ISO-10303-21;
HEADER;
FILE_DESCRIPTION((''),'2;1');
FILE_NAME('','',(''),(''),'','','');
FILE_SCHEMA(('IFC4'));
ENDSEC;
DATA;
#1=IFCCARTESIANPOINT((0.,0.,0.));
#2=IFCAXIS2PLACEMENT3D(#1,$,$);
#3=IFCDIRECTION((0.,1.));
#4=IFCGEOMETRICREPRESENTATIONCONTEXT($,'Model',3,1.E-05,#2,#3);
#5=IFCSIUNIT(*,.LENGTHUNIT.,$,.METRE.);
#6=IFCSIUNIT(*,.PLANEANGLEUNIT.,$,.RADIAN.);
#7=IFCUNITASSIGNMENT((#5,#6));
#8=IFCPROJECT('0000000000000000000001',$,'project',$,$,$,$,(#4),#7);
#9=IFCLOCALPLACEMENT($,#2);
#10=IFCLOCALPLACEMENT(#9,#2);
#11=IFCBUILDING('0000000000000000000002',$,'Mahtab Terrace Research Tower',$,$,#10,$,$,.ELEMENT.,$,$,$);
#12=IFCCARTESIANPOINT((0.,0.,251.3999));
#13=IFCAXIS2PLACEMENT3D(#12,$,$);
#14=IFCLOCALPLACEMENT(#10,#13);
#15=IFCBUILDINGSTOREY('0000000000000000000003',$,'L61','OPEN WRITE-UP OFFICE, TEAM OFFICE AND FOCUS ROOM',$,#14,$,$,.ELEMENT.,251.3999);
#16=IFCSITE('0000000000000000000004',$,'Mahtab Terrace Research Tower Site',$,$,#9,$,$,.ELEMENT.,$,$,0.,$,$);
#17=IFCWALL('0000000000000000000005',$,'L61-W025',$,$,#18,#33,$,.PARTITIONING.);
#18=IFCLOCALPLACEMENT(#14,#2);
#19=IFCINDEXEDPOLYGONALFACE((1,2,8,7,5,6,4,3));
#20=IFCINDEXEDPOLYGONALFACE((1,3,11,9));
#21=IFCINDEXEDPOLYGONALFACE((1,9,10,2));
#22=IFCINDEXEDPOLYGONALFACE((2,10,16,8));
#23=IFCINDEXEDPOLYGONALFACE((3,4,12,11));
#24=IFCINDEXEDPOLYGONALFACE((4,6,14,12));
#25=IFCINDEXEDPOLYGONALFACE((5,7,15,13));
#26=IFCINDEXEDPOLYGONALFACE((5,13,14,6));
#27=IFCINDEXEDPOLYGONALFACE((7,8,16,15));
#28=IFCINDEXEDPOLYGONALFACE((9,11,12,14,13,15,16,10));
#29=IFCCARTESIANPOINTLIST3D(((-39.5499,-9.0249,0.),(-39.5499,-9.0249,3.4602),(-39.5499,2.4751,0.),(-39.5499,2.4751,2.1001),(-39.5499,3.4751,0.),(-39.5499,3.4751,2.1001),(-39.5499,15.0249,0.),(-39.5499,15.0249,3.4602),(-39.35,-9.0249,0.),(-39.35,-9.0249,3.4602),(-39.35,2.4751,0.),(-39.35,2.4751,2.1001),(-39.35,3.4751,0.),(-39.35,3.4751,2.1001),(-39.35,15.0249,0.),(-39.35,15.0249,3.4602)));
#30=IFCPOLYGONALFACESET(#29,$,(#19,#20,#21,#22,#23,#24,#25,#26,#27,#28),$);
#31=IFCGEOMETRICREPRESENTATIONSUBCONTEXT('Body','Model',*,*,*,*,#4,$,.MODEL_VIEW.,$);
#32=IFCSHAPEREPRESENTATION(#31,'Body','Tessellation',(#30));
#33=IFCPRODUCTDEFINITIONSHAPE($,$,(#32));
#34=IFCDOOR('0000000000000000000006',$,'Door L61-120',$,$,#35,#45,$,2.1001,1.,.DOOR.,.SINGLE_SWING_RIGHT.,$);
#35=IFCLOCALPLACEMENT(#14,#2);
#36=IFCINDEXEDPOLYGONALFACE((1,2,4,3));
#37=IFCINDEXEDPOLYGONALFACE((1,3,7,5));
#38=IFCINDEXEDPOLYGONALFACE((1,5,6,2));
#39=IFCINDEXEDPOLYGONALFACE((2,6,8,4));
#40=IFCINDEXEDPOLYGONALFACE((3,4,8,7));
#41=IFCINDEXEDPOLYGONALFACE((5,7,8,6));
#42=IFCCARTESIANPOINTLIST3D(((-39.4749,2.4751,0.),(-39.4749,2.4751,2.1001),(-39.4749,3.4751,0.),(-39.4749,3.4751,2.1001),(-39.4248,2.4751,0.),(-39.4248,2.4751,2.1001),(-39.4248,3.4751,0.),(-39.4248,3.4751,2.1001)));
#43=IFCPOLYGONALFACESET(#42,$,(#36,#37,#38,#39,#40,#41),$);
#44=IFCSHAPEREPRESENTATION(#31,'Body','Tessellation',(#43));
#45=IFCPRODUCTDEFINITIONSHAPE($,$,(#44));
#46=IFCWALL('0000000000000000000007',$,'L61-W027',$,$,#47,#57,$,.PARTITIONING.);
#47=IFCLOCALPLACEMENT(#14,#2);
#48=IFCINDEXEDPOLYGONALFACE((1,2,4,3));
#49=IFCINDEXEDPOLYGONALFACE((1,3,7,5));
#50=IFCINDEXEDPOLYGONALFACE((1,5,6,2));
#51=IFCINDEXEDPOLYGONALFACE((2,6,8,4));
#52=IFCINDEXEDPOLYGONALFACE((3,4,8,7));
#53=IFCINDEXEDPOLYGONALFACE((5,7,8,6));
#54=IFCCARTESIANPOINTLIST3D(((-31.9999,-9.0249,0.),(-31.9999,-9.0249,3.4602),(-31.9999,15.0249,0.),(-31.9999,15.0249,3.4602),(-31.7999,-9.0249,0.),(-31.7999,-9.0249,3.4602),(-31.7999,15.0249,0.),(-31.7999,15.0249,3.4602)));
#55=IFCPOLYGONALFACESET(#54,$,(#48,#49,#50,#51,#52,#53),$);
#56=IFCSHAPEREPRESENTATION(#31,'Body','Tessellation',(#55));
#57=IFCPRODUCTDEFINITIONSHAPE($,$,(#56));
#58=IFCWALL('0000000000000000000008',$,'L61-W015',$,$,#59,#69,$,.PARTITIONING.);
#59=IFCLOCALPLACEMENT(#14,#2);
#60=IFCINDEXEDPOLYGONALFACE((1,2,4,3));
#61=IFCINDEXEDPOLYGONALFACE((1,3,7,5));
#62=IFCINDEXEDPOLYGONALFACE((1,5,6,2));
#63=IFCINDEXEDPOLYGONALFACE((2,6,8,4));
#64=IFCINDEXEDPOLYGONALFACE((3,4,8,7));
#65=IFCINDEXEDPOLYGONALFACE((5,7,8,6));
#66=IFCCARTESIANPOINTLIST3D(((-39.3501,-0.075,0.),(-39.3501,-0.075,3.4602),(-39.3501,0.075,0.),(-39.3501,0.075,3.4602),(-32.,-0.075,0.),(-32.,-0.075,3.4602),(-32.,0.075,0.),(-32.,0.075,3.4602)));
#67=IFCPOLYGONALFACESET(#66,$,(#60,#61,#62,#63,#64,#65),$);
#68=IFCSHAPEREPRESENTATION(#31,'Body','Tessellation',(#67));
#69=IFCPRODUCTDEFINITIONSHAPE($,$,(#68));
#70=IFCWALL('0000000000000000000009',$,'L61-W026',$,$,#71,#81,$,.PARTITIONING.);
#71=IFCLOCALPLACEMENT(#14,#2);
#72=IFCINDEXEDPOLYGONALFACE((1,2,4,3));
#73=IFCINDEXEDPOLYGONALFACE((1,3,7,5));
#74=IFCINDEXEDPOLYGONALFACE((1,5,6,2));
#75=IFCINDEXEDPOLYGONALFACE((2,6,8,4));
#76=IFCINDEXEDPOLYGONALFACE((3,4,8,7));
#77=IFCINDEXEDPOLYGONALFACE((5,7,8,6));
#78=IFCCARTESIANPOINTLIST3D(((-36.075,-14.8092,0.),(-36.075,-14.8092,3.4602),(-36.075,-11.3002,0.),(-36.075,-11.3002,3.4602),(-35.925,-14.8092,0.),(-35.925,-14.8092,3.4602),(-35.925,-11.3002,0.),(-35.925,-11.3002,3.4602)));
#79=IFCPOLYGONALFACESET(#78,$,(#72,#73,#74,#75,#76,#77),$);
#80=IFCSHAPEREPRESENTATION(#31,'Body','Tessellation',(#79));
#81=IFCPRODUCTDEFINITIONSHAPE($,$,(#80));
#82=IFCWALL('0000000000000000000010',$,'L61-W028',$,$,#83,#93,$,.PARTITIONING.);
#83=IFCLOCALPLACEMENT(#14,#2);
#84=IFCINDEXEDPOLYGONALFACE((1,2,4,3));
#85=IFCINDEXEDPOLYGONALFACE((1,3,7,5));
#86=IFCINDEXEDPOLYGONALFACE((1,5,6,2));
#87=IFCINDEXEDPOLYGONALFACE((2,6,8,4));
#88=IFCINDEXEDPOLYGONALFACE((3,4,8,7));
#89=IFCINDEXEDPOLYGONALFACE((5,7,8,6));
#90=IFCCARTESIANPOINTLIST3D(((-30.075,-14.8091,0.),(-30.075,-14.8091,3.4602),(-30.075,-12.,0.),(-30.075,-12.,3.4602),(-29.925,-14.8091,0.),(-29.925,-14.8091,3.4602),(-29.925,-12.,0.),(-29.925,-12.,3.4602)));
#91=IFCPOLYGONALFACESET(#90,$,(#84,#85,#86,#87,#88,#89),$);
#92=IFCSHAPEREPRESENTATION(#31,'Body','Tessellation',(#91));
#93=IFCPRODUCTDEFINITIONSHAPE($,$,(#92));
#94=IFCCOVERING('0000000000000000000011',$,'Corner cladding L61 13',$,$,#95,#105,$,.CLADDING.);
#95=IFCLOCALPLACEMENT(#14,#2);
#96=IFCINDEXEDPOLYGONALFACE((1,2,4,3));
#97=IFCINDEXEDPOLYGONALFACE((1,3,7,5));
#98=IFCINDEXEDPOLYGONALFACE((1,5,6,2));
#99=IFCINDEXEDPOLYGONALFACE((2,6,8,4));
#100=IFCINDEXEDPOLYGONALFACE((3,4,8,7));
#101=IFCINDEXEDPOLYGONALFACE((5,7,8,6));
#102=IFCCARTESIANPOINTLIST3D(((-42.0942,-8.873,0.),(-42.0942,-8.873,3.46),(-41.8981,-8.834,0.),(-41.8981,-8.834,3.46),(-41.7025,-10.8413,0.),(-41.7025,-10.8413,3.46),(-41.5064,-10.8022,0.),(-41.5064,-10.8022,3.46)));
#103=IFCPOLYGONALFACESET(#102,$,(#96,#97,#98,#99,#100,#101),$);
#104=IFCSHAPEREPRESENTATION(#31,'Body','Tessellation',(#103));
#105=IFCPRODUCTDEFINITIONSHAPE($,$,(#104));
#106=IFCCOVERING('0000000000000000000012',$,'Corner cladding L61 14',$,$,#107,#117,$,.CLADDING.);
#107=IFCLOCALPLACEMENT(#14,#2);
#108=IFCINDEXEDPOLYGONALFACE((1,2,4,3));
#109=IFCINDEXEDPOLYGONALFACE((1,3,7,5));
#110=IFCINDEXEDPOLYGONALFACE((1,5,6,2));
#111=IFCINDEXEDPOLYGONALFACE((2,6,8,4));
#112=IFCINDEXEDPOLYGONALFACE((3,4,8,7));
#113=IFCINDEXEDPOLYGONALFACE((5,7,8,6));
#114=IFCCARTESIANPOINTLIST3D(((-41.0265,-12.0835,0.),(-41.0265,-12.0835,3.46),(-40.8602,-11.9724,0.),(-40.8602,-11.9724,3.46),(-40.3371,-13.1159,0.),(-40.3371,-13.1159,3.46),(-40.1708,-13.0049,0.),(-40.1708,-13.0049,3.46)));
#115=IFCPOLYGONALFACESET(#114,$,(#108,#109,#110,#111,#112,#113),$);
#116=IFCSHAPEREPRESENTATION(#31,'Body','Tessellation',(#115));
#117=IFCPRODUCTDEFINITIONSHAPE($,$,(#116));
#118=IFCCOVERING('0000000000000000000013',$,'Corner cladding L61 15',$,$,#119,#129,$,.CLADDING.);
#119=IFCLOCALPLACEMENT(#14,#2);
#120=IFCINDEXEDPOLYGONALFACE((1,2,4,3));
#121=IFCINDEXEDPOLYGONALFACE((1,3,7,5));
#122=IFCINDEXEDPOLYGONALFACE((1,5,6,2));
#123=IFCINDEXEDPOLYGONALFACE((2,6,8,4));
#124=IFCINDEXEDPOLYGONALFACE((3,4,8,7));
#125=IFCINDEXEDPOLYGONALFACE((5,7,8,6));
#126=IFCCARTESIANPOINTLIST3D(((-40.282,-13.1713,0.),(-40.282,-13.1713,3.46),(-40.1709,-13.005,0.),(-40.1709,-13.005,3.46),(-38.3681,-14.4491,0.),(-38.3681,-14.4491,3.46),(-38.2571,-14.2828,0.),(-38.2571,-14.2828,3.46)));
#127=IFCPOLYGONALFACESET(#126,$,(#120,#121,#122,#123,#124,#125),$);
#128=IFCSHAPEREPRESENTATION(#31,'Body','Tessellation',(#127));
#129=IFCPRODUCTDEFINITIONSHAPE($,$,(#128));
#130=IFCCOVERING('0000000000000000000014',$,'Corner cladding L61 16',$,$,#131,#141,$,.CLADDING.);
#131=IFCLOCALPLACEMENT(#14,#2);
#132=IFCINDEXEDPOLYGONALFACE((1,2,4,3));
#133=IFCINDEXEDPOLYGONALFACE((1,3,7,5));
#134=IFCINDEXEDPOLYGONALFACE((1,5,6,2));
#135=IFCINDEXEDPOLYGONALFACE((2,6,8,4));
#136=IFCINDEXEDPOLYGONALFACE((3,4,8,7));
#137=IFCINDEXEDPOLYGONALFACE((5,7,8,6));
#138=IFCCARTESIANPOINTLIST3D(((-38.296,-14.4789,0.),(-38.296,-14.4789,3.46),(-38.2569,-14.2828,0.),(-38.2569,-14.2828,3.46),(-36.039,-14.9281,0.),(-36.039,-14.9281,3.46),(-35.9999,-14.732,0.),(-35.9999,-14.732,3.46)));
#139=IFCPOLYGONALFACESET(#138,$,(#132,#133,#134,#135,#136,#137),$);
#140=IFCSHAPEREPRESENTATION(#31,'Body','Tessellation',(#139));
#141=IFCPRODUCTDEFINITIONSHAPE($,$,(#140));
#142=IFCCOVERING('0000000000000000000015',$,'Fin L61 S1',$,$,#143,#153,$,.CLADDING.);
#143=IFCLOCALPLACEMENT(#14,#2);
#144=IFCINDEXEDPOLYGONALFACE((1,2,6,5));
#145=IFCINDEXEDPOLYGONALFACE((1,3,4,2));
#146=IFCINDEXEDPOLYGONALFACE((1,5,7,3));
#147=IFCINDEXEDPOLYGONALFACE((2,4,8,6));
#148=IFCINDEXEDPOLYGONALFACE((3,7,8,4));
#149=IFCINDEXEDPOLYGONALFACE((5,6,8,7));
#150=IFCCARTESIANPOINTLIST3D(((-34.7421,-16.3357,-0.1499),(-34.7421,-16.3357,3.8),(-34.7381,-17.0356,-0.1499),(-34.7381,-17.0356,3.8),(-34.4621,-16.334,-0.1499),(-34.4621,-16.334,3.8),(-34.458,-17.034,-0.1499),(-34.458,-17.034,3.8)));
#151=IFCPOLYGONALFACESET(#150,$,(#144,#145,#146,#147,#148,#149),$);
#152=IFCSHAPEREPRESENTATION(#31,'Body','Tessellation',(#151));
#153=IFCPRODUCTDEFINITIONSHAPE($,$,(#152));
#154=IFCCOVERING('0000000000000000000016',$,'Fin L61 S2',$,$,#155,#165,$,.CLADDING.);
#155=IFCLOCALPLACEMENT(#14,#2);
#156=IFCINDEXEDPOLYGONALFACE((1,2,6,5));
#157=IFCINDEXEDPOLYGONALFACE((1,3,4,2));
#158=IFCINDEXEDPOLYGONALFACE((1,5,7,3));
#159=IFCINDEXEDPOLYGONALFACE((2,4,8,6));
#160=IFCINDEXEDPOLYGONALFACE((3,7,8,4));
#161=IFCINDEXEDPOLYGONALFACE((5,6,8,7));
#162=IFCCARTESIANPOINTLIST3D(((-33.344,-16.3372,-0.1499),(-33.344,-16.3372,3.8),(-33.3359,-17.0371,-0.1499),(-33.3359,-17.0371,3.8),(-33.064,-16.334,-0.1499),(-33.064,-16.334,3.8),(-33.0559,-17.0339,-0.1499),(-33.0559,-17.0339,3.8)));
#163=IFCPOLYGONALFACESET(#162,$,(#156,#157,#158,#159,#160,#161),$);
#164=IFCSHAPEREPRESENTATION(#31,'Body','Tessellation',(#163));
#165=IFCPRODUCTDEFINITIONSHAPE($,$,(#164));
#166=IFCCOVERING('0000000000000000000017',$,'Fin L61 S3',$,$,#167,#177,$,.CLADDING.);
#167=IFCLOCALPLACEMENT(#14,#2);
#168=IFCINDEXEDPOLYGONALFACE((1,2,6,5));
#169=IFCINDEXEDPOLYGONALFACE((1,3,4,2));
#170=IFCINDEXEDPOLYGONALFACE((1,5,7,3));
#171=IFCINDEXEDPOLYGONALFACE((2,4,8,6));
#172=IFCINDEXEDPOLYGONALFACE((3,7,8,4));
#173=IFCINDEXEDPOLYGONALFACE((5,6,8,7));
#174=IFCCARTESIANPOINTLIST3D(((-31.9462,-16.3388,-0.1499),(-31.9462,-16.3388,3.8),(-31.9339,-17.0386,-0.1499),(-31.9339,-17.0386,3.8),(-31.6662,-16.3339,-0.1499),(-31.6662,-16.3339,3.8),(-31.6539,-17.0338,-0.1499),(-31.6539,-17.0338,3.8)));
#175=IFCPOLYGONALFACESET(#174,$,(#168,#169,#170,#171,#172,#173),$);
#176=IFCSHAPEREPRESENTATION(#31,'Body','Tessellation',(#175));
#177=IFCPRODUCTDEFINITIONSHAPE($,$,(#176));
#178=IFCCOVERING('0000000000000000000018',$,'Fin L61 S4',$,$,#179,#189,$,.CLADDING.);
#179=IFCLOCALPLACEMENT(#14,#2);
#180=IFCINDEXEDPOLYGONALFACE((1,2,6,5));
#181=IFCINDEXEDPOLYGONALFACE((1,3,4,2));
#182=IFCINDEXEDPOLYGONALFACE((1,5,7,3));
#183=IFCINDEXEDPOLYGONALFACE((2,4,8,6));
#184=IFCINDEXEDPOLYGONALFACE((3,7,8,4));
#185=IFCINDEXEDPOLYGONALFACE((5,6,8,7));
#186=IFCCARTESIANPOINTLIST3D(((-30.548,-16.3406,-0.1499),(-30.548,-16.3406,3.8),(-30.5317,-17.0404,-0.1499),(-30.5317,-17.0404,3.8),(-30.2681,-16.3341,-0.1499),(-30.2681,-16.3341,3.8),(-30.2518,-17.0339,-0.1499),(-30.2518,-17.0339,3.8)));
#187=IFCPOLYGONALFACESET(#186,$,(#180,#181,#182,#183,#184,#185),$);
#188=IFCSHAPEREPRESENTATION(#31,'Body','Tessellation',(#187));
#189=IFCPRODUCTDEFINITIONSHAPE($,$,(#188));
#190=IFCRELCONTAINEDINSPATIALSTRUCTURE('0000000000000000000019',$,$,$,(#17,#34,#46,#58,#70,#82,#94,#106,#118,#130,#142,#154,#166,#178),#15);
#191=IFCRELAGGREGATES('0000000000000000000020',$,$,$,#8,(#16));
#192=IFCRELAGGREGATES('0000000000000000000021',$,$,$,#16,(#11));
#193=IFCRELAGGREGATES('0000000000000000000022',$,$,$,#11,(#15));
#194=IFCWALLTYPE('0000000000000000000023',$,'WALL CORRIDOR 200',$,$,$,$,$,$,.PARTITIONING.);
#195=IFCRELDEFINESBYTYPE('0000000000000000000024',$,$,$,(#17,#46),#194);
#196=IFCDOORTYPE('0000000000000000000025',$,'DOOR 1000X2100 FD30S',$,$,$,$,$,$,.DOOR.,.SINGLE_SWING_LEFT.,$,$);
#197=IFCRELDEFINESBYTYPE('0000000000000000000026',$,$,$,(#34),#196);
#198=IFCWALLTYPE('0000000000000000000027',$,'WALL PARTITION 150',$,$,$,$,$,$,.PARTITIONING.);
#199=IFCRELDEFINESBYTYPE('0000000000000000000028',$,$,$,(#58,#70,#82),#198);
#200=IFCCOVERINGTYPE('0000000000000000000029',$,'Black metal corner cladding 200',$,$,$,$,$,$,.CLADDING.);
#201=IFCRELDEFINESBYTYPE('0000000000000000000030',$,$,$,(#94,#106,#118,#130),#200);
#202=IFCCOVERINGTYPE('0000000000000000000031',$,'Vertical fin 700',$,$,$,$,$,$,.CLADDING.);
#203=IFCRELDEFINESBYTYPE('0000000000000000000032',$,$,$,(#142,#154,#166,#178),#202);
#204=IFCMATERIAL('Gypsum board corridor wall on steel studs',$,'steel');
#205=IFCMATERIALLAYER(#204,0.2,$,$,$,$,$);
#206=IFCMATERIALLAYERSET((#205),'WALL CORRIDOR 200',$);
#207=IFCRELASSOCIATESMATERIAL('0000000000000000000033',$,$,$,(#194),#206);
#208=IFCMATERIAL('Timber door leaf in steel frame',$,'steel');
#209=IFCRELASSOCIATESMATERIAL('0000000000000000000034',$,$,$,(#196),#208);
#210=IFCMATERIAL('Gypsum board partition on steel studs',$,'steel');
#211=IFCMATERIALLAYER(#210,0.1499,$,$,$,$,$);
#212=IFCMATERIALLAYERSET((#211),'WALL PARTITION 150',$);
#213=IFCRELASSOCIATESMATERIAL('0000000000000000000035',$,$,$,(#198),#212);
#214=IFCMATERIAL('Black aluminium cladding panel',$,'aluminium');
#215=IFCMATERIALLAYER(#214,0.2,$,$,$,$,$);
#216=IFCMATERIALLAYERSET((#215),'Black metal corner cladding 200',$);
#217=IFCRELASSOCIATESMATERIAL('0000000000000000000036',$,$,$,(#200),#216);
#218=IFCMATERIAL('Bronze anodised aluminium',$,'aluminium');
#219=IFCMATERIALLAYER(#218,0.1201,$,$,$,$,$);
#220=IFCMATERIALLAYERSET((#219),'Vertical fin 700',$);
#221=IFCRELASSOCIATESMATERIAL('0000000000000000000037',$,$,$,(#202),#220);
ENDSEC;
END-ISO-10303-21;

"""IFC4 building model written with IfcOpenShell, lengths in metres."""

from ifc_helpers import new_model, si_unit, direction, frame, frame_2d, origin, origin_2d, place, context, subcontext, project, spatial, rectangle, extrude, material, layer, layer_set, type_object, element, fill, save


model = new_model("IFC4")

# Units and contexts
model_context = context("Model", 3, precision=1e-05, world=origin(), true_north=direction((0.0, 1.0)))
body_context = subcontext(model_context, "Body", "Model", "MODEL_VIEW")
ifc_project = project(units=[si_unit("LENGTHUNIT", "METRE"), si_unit("PLANEANGLEUNIT", "RADIAN")], contexts=[model_context])

# Site, building, storey
site_placement = place(None, origin())
site = spatial("IfcSite", under=ifc_project, at=site_placement, Name="Mahtab Terrace Research Tower Site", CompositionType="ELEMENT", RefElevation=0.0)
building_placement = place(site_placement, origin())
building = spatial("IfcBuilding", under=site, at=building_placement, Name="Mahtab Terrace Research Tower", CompositionType="ELEMENT")
storey_placement = place(building_placement, frame((0.0, 0.0, 251.3999)))
storey = spatial("IfcBuildingStorey", under=building, at=storey_placement, Name="L61", Description="OPEN WRITE-UP OFFICE, TEAM OFFICE AND FOCUS ROOM", CompositionType="ELEMENT", Elevation=251.3999)

# Shared definitions
ifc_material_1 = material(Name="Gypsum board corridor wall on steel studs", Category="steel")
ifc_layer_1 = layer(ifc_material_1, 0.2)
ifc_layer_set_1 = layer_set([ifc_layer_1], Name="WALL CORRIDOR 200")
wall_type_1 = type_object("IfcWallType", Name="WALL CORRIDOR 200", PredefinedType="PARTITIONING", material=ifc_layer_set_1)
ifc_material_2 = material(Name="Timber door leaf in steel frame", Category="steel")

# Wall, opening, door
door_type_1 = type_object("IfcDoorType", Name="DOOR 1000X2100 FD30S", OperationType="SINGLE_SWING_LEFT", PredefinedType="DOOR", material=ifc_material_2)
wall_1_placement = place(storey_placement, frame((-39.45, -9.0249, 0.0), z_axis=(0.0, 0.0, 1.0), x_axis=(0.0, 1.0, 0.0)))
wall_1 = element("IfcWall", 1, at=wall_1_placement, inside=storey, type_object=wall_type_1, Name="L61-W025", PredefinedType="PARTITIONING", context=body_context, shape_type="SweptSolid", body=[
    extrude(rectangle(XDim=24.0498, YDim=0.2, at=frame_2d((12.0249, 0.0))), origin(), (0.0, 0.0, 1.0), 3.4602),
])
opening_1_placement = place(wall_1_placement, frame((11.5, 0.0, 0.0)))
opening_1 = element("IfcOpeningElement", 2, at=opening_1_placement, cuts=wall_1, PredefinedType="OPENING", context=body_context, shape_type="SweptSolid", body=[
    extrude(rectangle(XDim=1.0, YDim=2.1001, at=frame_2d((0.5, 1.05))), frame((0.0, 0.1099, 0.0), z_axis=(0.0, -1.0, 0.0), x_axis=(1.0, 0.0, 0.0)), (0.0, 0.0, 1.0), 0.22),
])
door_1_placement = place(opening_1_placement, origin())
door_1 = element("IfcDoor", 3, at=door_1_placement, inside=storey, type_object=door_type_1, Name="Door L61-120", OperationType="SINGLE_SWING_RIGHT", OverallHeight=2.1001, OverallWidth=1.0, PredefinedType="DOOR", context=body_context, shape_type="SweptSolid", body=[
    extrude(rectangle(XDim=1.0, YDim=2.1001, at=frame_2d((0.5, 1.05))), frame((0.0, 0.0249, 0.0), z_axis=(0.0, -1.0, 0.0), x_axis=(1.0, 0.0, 0.0)), (0.0, 0.0, 1.0), 0.05),
])
fill(opening_1, door_1)

# Walls
wall_2_placement = place(storey_placement, frame((-31.8999, -9.0249, 0.0), z_axis=(0.0, 0.0, 1.0), x_axis=(0.0, 1.0, 0.0)))
element("IfcWall", 4, at=wall_2_placement, inside=storey, type_object=wall_type_1, Name="L61-W027", PredefinedType="PARTITIONING", context=body_context, shape_type="SweptSolid", body=[
    extrude(rectangle(XDim=24.0498, YDim=0.2, at=frame_2d((12.0249, 0.0))), origin(), (0.0, 0.0, 1.0), 3.4602),
])
ifc_material_3 = material(Name="Gypsum board partition on steel studs", Category="steel")
ifc_layer_2 = layer(ifc_material_3, 0.1499)
ifc_layer_set_2 = layer_set([ifc_layer_2], Name="WALL PARTITION 150")
wall_type_2 = type_object("IfcWallType", Name="WALL PARTITION 150", PredefinedType="PARTITIONING", material=ifc_layer_set_2)
wall_3_placement = place(storey_placement, frame((-39.3501, 0.0, 0.0), z_axis=(0.0, 0.0, 1.0), x_axis=(1.0, 0.0, 0.0)))
element("IfcWall", 5, at=wall_3_placement, inside=storey, type_object=wall_type_2, Name="L61-W015", PredefinedType="PARTITIONING", context=body_context, shape_type="SweptSolid", body=[
    extrude(rectangle(XDim=7.3501, YDim=0.1499, at=frame_2d((3.675, 0.0))), origin(), (0.0, 0.0, 1.0), 3.4602),
])
wall_4_placement = place(storey_placement, frame((-36.0, -14.8091, 0.0), z_axis=(0.0, 0.0, 1.0), x_axis=(0.0, 1.0, 0.0)))
element("IfcWall", 6, at=wall_4_placement, inside=storey, type_object=wall_type_2, Name="L61-W026", PredefinedType="PARTITIONING", context=body_context, shape_type="SweptSolid", body=[
    extrude(rectangle(XDim=3.509, YDim=0.1499, at=frame_2d((1.7544, 0.0))), origin(), (0.0, 0.0, 1.0), 3.4602),
])
wall_5_placement = place(storey_placement, frame((-30.0, -14.8091, 0.0), z_axis=(0.0, 0.0, 1.0), x_axis=(0.0, 1.0, 0.0)))
element("IfcWall", 7, at=wall_5_placement, inside=storey, type_object=wall_type_2, Name="L61-W028", PredefinedType="PARTITIONING", context=body_context, shape_type="SweptSolid", body=[
    extrude(rectangle(XDim=2.8091, YDim=0.1499, at=frame_2d((1.4045, 0.0))), origin(), (0.0, 0.0, 1.0), 3.4602),
])

# Coverings
ifc_material_4 = material(Name="Black aluminium cladding panel", Category="aluminium")
ifc_layer_3 = layer(ifc_material_4, 0.2)
ifc_layer_set_3 = layer_set([ifc_layer_3], Name="Black metal corner cladding 200")
covering_type_1 = type_object("IfcCoveringType", Name="Black metal corner cladding 200", PredefinedType="CLADDING", material=ifc_layer_set_3)
covering_1_placement = place(storey_placement, frame((-41.8003, -9.8376, 0.0), z_axis=(0.0, 0.0, 1.0), x_axis=(0.195212, -0.980761, 0.0)))
element("IfcCovering", 8, at=covering_1_placement, inside=storey, type_object=covering_type_1, Name="Corner cladding L61 13", PredefinedType="CLADDING", context=body_context, shape_type="SweptSolid", body=[
    extrude(rectangle(XDim=2.0068, YDim=0.2, at=origin_2d()), origin(), (0.0, 0.0, 1.0), 3.46),
])
covering_2_placement = place(storey_placement, frame((-40.5986, -12.5442, 0.0), z_axis=(0.0, 0.0, 1.0), x_axis=(0.555291, -0.831656, 0.0)))
element("IfcCovering", 9, at=covering_2_placement, inside=storey, type_object=covering_type_1, Name="Corner cladding L61 14", PredefinedType="CLADDING", context=body_context, shape_type="SweptSolid", body=[
    extrude(rectangle(XDim=1.2415, YDim=0.2, at=origin_2d()), origin(), (0.0, 0.0, 1.0), 3.46),
])
for number, where, z_axis, x_axis, name in (
    (10, (-39.2695, -13.7271, 0.0), (0.0, 0.0, 1.0), (0.831656, -0.555291, 0.0), "Corner cladding L61 15"),
    (11, (-37.1479, -14.6055, 0.0), (0.0, 0.0, 1.0), (0.980761, -0.195212, 0.0), "Corner cladding L61 16"),
):
    element("IfcCovering", number, at=place(storey_placement, frame(where, z_axis=z_axis, x_axis=x_axis)), inside=storey, type_object=covering_type_1, Name=name, PredefinedType="CLADDING", context=body_context, shape_type="SweptSolid", body=[
        extrude(rectangle(XDim=2.3013, YDim=0.2, at=origin_2d()), origin(), (0.0, 0.0, 1.0), 3.46),
    ])
ifc_material_5 = material(Name="Bronze anodised aluminium", Category="aluminium")
ifc_layer_4 = layer(ifc_material_5, 0.1201)
ifc_layer_set_4 = layer_set([ifc_layer_4], Name="Vertical fin 700")
covering_type_2 = type_object("IfcCoveringType", Name="Vertical fin 700", PredefinedType="CLADDING", material=ifc_layer_set_4)
for number, where, z_axis, x_axis, name in (
    (12, (-34.6001, -16.6848, -0.1499), (0.0, 0.0, 1.0), (0.999983, 0.005818, 0.0), "Fin L61 S1"),
    (13, (-33.2, -16.6855, -0.1499), (0.0, 0.0, 1.0), (0.999932, 0.011635, 0.0), "Fin L61 S2"),
    (14, (-31.8, -16.6863, -0.1499), (0.0, 0.0, 1.0), (0.999848, 0.017452, 0.0), "Fin L61 S3"),
    (15, (-30.3999, -16.6873, -0.1499), (0.0, 0.0, 1.0), (0.999729, 0.023269, 0.0), "Fin L61 S4"),
):
    element("IfcCovering", number, at=place(storey_placement, frame(where, z_axis=z_axis, x_axis=x_axis)), inside=storey, type_object=covering_type_2, Name=name, PredefinedType="CLADDING", context=body_context, shape_type="SweptSolid", body=[
        extrude(rectangle(XDim=0.28, YDim=0.7, at=origin_2d()), origin(), (0.0, 0.0, 1.0), 3.95),
    ])

save(model, "model.ifc")
